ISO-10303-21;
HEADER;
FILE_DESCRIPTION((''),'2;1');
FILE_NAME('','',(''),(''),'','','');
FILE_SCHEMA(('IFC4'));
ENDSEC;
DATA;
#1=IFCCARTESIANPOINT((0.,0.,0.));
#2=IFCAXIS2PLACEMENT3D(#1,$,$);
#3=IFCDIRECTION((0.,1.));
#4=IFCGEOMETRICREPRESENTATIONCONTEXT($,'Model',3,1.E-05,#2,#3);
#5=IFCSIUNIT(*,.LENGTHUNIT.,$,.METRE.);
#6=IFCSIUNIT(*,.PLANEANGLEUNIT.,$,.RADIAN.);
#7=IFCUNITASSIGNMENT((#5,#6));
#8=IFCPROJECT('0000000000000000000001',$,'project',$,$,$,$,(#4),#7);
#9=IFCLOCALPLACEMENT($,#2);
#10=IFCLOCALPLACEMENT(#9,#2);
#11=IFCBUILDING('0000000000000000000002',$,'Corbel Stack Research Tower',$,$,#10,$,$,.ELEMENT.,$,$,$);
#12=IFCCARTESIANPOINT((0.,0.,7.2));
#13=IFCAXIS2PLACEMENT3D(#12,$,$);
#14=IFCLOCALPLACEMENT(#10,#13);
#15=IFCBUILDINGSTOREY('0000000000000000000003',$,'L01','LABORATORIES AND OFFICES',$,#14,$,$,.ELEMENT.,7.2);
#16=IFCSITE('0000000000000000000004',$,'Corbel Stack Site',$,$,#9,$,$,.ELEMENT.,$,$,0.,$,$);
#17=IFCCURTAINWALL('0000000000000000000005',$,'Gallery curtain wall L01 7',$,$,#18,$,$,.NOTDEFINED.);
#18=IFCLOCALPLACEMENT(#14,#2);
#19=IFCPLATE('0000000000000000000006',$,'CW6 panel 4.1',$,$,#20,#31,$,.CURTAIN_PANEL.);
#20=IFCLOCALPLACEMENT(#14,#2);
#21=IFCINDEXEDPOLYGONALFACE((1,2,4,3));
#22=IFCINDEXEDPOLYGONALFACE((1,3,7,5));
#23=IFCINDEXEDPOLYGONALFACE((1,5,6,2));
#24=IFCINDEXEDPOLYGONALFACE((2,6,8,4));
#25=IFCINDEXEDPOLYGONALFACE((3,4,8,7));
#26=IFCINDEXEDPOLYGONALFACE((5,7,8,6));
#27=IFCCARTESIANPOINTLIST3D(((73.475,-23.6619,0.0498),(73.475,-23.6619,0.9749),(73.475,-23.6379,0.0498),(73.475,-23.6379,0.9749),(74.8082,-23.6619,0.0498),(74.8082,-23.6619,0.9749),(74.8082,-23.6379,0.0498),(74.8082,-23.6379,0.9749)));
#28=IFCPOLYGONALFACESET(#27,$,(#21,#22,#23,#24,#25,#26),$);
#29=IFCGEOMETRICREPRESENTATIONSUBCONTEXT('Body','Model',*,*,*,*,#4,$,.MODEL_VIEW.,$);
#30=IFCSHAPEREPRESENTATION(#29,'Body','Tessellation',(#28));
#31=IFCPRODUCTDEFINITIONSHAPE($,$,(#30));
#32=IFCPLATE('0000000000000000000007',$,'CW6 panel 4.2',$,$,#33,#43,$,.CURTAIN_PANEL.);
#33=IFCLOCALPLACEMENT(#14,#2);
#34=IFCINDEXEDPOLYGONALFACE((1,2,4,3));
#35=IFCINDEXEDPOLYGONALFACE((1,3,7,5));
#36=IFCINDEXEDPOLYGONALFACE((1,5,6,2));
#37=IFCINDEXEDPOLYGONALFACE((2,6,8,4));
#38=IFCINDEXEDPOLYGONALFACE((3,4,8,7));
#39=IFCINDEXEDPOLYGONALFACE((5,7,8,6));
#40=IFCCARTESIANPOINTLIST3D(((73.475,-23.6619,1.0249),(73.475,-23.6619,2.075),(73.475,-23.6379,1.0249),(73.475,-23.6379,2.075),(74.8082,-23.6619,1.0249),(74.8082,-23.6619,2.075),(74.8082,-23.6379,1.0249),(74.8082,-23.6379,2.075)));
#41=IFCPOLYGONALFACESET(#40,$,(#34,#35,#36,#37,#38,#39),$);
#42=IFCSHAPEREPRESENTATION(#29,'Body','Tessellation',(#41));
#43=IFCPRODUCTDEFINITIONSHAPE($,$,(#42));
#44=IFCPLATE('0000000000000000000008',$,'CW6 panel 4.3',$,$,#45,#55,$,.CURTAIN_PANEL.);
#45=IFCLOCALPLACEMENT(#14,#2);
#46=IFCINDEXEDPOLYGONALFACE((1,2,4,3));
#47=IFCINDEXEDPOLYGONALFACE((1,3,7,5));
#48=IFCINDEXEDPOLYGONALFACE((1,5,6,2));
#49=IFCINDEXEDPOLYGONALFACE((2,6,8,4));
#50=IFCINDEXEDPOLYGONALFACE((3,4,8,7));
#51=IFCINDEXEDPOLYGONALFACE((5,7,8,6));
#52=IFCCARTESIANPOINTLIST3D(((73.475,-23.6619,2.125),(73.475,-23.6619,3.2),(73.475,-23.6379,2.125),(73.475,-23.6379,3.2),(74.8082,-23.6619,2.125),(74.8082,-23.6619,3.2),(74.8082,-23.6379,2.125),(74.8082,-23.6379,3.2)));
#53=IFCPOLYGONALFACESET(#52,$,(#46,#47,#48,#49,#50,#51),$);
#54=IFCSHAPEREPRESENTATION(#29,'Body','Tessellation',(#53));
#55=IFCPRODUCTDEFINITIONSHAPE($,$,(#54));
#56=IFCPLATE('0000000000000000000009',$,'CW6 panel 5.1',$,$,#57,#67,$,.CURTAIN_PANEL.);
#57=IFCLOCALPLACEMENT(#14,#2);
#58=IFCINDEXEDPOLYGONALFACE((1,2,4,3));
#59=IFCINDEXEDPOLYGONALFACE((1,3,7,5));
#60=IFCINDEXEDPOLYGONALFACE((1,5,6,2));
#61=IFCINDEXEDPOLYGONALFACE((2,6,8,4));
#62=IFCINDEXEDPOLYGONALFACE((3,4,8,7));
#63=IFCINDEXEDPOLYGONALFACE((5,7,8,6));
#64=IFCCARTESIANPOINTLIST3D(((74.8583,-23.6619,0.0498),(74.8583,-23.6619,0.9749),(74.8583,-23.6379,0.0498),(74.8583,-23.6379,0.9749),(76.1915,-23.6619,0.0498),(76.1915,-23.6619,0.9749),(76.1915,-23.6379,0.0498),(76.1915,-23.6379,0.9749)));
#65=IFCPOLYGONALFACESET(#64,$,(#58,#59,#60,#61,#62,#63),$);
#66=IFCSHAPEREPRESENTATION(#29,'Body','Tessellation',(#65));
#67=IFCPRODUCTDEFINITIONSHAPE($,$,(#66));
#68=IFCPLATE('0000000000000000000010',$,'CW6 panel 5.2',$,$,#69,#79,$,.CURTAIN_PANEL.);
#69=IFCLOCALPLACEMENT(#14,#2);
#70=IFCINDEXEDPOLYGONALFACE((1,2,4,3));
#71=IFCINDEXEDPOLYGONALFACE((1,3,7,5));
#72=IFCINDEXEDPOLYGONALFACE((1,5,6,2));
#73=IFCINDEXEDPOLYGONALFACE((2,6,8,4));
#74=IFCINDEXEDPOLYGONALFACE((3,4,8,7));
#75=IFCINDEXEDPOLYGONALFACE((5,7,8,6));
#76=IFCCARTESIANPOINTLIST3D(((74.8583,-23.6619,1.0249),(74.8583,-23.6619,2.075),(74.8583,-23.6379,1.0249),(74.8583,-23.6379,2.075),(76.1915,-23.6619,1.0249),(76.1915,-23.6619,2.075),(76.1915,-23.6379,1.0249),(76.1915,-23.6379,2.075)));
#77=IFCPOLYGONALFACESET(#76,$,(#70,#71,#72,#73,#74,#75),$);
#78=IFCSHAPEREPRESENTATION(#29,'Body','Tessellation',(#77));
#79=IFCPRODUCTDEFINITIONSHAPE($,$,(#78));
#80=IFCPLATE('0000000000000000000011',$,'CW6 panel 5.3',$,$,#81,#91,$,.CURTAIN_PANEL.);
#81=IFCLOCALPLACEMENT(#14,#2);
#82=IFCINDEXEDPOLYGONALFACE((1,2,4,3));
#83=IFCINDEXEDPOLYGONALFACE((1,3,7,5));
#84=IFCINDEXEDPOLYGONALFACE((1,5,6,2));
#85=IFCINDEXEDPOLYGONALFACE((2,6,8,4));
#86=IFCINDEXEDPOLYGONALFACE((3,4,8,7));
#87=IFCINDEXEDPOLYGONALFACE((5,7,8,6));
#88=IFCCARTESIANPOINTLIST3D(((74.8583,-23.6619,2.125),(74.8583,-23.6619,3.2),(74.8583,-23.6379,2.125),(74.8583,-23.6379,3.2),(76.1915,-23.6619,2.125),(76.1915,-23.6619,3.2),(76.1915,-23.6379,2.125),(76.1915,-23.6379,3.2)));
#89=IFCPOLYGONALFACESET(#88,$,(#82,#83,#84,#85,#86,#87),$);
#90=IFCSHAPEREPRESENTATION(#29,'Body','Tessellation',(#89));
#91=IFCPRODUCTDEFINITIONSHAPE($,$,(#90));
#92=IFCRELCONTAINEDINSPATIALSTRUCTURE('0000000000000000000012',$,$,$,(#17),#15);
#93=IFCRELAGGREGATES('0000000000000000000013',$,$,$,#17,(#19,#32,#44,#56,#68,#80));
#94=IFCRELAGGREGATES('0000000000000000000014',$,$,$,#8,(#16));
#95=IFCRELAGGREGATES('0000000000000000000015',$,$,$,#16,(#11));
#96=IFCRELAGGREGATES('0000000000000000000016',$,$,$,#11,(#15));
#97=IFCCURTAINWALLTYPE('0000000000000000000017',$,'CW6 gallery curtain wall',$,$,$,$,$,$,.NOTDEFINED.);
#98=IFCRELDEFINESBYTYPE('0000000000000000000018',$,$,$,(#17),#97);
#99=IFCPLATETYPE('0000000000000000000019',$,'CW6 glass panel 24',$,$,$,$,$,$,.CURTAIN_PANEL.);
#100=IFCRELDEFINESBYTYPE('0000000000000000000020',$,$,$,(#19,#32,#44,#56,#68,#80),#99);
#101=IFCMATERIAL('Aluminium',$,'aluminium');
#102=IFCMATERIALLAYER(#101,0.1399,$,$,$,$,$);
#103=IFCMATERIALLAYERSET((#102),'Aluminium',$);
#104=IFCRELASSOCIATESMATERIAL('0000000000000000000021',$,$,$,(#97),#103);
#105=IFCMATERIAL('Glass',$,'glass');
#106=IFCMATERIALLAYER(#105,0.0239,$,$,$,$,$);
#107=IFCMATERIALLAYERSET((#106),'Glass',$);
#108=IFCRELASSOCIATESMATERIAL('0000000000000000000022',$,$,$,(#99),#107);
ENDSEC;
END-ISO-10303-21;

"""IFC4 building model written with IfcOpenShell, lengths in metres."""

from ifc_helpers import new_model, si_unit, direction, frame, origin, origin_2d, place, context, subcontext, project, spatial, rectangle, extrude, material, layer, layer_set, type_object, element, aggregate, save


model = new_model("IFC4")

# Units and contexts
model_context = context("Model", 3, precision=1e-05, world=origin(), true_north=direction((0.0, 1.0)))
body_context = subcontext(model_context, "Body", "Model", "MODEL_VIEW")
ifc_project = project(units=[si_unit("LENGTHUNIT", "METRE"), si_unit("PLANEANGLEUNIT", "RADIAN")], contexts=[model_context])

# Site, building, storey
site_placement = place(None, origin())
site = spatial("IfcSite", under=ifc_project, at=site_placement, Name="Corbel Stack Site", CompositionType="ELEMENT", RefElevation=0.0)
building_placement = place(site_placement, origin())
building = spatial("IfcBuilding", under=site, at=building_placement, Name="Corbel Stack Research Tower", CompositionType="ELEMENT")
storey_placement = place(building_placement, frame((0.0, 0.0, 7.2)))
storey = spatial("IfcBuildingStorey", under=building, at=storey_placement, Name="L01", Description="LABORATORIES AND OFFICES", CompositionType="ELEMENT", Elevation=7.2)

# Curtain wall, plates
ifc_material_1 = material(Name="Aluminium", Category="aluminium")
ifc_layer_1 = layer(ifc_material_1, 0.1399)
ifc_layer_set_1 = layer_set([ifc_layer_1], Name="Aluminium")
curtain_wall_type = type_object("IfcCurtainWallType", Name="CW6 gallery curtain wall", PredefinedType="NOTDEFINED", material=ifc_layer_set_1)
curtain_wall_placement = place(storey_placement, origin())
curtain_wall = element("IfcCurtainWall", 1, at=curtain_wall_placement, inside=storey, type_object=curtain_wall_type, Name="Gallery curtain wall L01 7", PredefinedType="NOTDEFINED")
ifc_material_2 = material(Name="Glass", Category="glass")
ifc_layer_2 = layer(ifc_material_2, 0.0239)
ifc_layer_set_2 = layer_set([ifc_layer_2], Name="Glass")
plate_type = type_object("IfcPlateType", Name="CW6 glass panel 24", PredefinedType="CURTAIN_PANEL", material=ifc_layer_set_2)
plate_1_placement = place(storey_placement, frame((74.1416, -23.6499, 0.0498), z_axis=(0.0, 0.0, 1.0), x_axis=(1.0, 0.0, 0.0)))
plate_1 = element("IfcPlate", 2, at=plate_1_placement, type_object=plate_type, Name="CW6 panel 4.1", PredefinedType="CURTAIN_PANEL", context=body_context, shape_type="SweptSolid", body=[
    extrude(rectangle(XDim=1.3333, YDim=0.0239, at=origin_2d()), origin(), (0.0, 0.0, 1.0), 0.925),
])
plate_2_placement = place(storey_placement, frame((74.1416, -23.6499, 1.0249), z_axis=(0.0, 0.0, 1.0), x_axis=(1.0, 0.0, 0.0)))
plate_2 = element("IfcPlate", 3, at=plate_2_placement, type_object=plate_type, Name="CW6 panel 4.2", PredefinedType="CURTAIN_PANEL", context=body_context, shape_type="SweptSolid", body=[
    extrude(rectangle(XDim=1.3333, YDim=0.0239, at=origin_2d()), origin(), (0.0, 0.0, 1.0), 1.05),
])
plate_3_placement = place(storey_placement, frame((74.1416, -23.6499, 2.125), z_axis=(0.0, 0.0, 1.0), x_axis=(1.0, 0.0, 0.0)))
plate_3 = element("IfcPlate", 4, at=plate_3_placement, type_object=plate_type, Name="CW6 panel 4.3", PredefinedType="CURTAIN_PANEL", context=body_context, shape_type="SweptSolid", body=[
    extrude(rectangle(XDim=1.3333, YDim=0.0239, at=origin_2d()), origin(), (0.0, 0.0, 1.0), 1.075),
])
plate_4_placement = place(storey_placement, frame((75.5249, -23.6499, 0.0498), z_axis=(0.0, 0.0, 1.0), x_axis=(1.0, 0.0, 0.0)))
plate_4 = element("IfcPlate", 5, at=plate_4_placement, type_object=plate_type, Name="CW6 panel 5.1", PredefinedType="CURTAIN_PANEL", context=body_context, shape_type="SweptSolid", body=[
    extrude(rectangle(XDim=1.3333, YDim=0.0239, at=origin_2d()), origin(), (0.0, 0.0, 1.0), 0.925),
])
plate_5_placement = place(storey_placement, frame((75.5249, -23.6499, 1.0249), z_axis=(0.0, 0.0, 1.0), x_axis=(1.0, 0.0, 0.0)))
plate_5 = element("IfcPlate", 6, at=plate_5_placement, type_object=plate_type, Name="CW6 panel 5.2", PredefinedType="CURTAIN_PANEL", context=body_context, shape_type="SweptSolid", body=[
    extrude(rectangle(XDim=1.3333, YDim=0.0239, at=origin_2d()), origin(), (0.0, 0.0, 1.0), 1.05),
])
plate_6_placement = place(storey_placement, frame((75.5249, -23.6499, 2.125), z_axis=(0.0, 0.0, 1.0), x_axis=(1.0, 0.0, 0.0)))
plate_6 = element("IfcPlate", 7, at=plate_6_placement, type_object=plate_type, Name="CW6 panel 5.3", PredefinedType="CURTAIN_PANEL", context=body_context, shape_type="SweptSolid", body=[
    extrude(rectangle(XDim=1.3333, YDim=0.0239, at=origin_2d()), origin(), (0.0, 0.0, 1.0), 1.075),
])
aggregate(curtain_wall, [plate_1, plate_2, plate_3, plate_4, plate_5, plate_6])

save(model, "model.ifc")
